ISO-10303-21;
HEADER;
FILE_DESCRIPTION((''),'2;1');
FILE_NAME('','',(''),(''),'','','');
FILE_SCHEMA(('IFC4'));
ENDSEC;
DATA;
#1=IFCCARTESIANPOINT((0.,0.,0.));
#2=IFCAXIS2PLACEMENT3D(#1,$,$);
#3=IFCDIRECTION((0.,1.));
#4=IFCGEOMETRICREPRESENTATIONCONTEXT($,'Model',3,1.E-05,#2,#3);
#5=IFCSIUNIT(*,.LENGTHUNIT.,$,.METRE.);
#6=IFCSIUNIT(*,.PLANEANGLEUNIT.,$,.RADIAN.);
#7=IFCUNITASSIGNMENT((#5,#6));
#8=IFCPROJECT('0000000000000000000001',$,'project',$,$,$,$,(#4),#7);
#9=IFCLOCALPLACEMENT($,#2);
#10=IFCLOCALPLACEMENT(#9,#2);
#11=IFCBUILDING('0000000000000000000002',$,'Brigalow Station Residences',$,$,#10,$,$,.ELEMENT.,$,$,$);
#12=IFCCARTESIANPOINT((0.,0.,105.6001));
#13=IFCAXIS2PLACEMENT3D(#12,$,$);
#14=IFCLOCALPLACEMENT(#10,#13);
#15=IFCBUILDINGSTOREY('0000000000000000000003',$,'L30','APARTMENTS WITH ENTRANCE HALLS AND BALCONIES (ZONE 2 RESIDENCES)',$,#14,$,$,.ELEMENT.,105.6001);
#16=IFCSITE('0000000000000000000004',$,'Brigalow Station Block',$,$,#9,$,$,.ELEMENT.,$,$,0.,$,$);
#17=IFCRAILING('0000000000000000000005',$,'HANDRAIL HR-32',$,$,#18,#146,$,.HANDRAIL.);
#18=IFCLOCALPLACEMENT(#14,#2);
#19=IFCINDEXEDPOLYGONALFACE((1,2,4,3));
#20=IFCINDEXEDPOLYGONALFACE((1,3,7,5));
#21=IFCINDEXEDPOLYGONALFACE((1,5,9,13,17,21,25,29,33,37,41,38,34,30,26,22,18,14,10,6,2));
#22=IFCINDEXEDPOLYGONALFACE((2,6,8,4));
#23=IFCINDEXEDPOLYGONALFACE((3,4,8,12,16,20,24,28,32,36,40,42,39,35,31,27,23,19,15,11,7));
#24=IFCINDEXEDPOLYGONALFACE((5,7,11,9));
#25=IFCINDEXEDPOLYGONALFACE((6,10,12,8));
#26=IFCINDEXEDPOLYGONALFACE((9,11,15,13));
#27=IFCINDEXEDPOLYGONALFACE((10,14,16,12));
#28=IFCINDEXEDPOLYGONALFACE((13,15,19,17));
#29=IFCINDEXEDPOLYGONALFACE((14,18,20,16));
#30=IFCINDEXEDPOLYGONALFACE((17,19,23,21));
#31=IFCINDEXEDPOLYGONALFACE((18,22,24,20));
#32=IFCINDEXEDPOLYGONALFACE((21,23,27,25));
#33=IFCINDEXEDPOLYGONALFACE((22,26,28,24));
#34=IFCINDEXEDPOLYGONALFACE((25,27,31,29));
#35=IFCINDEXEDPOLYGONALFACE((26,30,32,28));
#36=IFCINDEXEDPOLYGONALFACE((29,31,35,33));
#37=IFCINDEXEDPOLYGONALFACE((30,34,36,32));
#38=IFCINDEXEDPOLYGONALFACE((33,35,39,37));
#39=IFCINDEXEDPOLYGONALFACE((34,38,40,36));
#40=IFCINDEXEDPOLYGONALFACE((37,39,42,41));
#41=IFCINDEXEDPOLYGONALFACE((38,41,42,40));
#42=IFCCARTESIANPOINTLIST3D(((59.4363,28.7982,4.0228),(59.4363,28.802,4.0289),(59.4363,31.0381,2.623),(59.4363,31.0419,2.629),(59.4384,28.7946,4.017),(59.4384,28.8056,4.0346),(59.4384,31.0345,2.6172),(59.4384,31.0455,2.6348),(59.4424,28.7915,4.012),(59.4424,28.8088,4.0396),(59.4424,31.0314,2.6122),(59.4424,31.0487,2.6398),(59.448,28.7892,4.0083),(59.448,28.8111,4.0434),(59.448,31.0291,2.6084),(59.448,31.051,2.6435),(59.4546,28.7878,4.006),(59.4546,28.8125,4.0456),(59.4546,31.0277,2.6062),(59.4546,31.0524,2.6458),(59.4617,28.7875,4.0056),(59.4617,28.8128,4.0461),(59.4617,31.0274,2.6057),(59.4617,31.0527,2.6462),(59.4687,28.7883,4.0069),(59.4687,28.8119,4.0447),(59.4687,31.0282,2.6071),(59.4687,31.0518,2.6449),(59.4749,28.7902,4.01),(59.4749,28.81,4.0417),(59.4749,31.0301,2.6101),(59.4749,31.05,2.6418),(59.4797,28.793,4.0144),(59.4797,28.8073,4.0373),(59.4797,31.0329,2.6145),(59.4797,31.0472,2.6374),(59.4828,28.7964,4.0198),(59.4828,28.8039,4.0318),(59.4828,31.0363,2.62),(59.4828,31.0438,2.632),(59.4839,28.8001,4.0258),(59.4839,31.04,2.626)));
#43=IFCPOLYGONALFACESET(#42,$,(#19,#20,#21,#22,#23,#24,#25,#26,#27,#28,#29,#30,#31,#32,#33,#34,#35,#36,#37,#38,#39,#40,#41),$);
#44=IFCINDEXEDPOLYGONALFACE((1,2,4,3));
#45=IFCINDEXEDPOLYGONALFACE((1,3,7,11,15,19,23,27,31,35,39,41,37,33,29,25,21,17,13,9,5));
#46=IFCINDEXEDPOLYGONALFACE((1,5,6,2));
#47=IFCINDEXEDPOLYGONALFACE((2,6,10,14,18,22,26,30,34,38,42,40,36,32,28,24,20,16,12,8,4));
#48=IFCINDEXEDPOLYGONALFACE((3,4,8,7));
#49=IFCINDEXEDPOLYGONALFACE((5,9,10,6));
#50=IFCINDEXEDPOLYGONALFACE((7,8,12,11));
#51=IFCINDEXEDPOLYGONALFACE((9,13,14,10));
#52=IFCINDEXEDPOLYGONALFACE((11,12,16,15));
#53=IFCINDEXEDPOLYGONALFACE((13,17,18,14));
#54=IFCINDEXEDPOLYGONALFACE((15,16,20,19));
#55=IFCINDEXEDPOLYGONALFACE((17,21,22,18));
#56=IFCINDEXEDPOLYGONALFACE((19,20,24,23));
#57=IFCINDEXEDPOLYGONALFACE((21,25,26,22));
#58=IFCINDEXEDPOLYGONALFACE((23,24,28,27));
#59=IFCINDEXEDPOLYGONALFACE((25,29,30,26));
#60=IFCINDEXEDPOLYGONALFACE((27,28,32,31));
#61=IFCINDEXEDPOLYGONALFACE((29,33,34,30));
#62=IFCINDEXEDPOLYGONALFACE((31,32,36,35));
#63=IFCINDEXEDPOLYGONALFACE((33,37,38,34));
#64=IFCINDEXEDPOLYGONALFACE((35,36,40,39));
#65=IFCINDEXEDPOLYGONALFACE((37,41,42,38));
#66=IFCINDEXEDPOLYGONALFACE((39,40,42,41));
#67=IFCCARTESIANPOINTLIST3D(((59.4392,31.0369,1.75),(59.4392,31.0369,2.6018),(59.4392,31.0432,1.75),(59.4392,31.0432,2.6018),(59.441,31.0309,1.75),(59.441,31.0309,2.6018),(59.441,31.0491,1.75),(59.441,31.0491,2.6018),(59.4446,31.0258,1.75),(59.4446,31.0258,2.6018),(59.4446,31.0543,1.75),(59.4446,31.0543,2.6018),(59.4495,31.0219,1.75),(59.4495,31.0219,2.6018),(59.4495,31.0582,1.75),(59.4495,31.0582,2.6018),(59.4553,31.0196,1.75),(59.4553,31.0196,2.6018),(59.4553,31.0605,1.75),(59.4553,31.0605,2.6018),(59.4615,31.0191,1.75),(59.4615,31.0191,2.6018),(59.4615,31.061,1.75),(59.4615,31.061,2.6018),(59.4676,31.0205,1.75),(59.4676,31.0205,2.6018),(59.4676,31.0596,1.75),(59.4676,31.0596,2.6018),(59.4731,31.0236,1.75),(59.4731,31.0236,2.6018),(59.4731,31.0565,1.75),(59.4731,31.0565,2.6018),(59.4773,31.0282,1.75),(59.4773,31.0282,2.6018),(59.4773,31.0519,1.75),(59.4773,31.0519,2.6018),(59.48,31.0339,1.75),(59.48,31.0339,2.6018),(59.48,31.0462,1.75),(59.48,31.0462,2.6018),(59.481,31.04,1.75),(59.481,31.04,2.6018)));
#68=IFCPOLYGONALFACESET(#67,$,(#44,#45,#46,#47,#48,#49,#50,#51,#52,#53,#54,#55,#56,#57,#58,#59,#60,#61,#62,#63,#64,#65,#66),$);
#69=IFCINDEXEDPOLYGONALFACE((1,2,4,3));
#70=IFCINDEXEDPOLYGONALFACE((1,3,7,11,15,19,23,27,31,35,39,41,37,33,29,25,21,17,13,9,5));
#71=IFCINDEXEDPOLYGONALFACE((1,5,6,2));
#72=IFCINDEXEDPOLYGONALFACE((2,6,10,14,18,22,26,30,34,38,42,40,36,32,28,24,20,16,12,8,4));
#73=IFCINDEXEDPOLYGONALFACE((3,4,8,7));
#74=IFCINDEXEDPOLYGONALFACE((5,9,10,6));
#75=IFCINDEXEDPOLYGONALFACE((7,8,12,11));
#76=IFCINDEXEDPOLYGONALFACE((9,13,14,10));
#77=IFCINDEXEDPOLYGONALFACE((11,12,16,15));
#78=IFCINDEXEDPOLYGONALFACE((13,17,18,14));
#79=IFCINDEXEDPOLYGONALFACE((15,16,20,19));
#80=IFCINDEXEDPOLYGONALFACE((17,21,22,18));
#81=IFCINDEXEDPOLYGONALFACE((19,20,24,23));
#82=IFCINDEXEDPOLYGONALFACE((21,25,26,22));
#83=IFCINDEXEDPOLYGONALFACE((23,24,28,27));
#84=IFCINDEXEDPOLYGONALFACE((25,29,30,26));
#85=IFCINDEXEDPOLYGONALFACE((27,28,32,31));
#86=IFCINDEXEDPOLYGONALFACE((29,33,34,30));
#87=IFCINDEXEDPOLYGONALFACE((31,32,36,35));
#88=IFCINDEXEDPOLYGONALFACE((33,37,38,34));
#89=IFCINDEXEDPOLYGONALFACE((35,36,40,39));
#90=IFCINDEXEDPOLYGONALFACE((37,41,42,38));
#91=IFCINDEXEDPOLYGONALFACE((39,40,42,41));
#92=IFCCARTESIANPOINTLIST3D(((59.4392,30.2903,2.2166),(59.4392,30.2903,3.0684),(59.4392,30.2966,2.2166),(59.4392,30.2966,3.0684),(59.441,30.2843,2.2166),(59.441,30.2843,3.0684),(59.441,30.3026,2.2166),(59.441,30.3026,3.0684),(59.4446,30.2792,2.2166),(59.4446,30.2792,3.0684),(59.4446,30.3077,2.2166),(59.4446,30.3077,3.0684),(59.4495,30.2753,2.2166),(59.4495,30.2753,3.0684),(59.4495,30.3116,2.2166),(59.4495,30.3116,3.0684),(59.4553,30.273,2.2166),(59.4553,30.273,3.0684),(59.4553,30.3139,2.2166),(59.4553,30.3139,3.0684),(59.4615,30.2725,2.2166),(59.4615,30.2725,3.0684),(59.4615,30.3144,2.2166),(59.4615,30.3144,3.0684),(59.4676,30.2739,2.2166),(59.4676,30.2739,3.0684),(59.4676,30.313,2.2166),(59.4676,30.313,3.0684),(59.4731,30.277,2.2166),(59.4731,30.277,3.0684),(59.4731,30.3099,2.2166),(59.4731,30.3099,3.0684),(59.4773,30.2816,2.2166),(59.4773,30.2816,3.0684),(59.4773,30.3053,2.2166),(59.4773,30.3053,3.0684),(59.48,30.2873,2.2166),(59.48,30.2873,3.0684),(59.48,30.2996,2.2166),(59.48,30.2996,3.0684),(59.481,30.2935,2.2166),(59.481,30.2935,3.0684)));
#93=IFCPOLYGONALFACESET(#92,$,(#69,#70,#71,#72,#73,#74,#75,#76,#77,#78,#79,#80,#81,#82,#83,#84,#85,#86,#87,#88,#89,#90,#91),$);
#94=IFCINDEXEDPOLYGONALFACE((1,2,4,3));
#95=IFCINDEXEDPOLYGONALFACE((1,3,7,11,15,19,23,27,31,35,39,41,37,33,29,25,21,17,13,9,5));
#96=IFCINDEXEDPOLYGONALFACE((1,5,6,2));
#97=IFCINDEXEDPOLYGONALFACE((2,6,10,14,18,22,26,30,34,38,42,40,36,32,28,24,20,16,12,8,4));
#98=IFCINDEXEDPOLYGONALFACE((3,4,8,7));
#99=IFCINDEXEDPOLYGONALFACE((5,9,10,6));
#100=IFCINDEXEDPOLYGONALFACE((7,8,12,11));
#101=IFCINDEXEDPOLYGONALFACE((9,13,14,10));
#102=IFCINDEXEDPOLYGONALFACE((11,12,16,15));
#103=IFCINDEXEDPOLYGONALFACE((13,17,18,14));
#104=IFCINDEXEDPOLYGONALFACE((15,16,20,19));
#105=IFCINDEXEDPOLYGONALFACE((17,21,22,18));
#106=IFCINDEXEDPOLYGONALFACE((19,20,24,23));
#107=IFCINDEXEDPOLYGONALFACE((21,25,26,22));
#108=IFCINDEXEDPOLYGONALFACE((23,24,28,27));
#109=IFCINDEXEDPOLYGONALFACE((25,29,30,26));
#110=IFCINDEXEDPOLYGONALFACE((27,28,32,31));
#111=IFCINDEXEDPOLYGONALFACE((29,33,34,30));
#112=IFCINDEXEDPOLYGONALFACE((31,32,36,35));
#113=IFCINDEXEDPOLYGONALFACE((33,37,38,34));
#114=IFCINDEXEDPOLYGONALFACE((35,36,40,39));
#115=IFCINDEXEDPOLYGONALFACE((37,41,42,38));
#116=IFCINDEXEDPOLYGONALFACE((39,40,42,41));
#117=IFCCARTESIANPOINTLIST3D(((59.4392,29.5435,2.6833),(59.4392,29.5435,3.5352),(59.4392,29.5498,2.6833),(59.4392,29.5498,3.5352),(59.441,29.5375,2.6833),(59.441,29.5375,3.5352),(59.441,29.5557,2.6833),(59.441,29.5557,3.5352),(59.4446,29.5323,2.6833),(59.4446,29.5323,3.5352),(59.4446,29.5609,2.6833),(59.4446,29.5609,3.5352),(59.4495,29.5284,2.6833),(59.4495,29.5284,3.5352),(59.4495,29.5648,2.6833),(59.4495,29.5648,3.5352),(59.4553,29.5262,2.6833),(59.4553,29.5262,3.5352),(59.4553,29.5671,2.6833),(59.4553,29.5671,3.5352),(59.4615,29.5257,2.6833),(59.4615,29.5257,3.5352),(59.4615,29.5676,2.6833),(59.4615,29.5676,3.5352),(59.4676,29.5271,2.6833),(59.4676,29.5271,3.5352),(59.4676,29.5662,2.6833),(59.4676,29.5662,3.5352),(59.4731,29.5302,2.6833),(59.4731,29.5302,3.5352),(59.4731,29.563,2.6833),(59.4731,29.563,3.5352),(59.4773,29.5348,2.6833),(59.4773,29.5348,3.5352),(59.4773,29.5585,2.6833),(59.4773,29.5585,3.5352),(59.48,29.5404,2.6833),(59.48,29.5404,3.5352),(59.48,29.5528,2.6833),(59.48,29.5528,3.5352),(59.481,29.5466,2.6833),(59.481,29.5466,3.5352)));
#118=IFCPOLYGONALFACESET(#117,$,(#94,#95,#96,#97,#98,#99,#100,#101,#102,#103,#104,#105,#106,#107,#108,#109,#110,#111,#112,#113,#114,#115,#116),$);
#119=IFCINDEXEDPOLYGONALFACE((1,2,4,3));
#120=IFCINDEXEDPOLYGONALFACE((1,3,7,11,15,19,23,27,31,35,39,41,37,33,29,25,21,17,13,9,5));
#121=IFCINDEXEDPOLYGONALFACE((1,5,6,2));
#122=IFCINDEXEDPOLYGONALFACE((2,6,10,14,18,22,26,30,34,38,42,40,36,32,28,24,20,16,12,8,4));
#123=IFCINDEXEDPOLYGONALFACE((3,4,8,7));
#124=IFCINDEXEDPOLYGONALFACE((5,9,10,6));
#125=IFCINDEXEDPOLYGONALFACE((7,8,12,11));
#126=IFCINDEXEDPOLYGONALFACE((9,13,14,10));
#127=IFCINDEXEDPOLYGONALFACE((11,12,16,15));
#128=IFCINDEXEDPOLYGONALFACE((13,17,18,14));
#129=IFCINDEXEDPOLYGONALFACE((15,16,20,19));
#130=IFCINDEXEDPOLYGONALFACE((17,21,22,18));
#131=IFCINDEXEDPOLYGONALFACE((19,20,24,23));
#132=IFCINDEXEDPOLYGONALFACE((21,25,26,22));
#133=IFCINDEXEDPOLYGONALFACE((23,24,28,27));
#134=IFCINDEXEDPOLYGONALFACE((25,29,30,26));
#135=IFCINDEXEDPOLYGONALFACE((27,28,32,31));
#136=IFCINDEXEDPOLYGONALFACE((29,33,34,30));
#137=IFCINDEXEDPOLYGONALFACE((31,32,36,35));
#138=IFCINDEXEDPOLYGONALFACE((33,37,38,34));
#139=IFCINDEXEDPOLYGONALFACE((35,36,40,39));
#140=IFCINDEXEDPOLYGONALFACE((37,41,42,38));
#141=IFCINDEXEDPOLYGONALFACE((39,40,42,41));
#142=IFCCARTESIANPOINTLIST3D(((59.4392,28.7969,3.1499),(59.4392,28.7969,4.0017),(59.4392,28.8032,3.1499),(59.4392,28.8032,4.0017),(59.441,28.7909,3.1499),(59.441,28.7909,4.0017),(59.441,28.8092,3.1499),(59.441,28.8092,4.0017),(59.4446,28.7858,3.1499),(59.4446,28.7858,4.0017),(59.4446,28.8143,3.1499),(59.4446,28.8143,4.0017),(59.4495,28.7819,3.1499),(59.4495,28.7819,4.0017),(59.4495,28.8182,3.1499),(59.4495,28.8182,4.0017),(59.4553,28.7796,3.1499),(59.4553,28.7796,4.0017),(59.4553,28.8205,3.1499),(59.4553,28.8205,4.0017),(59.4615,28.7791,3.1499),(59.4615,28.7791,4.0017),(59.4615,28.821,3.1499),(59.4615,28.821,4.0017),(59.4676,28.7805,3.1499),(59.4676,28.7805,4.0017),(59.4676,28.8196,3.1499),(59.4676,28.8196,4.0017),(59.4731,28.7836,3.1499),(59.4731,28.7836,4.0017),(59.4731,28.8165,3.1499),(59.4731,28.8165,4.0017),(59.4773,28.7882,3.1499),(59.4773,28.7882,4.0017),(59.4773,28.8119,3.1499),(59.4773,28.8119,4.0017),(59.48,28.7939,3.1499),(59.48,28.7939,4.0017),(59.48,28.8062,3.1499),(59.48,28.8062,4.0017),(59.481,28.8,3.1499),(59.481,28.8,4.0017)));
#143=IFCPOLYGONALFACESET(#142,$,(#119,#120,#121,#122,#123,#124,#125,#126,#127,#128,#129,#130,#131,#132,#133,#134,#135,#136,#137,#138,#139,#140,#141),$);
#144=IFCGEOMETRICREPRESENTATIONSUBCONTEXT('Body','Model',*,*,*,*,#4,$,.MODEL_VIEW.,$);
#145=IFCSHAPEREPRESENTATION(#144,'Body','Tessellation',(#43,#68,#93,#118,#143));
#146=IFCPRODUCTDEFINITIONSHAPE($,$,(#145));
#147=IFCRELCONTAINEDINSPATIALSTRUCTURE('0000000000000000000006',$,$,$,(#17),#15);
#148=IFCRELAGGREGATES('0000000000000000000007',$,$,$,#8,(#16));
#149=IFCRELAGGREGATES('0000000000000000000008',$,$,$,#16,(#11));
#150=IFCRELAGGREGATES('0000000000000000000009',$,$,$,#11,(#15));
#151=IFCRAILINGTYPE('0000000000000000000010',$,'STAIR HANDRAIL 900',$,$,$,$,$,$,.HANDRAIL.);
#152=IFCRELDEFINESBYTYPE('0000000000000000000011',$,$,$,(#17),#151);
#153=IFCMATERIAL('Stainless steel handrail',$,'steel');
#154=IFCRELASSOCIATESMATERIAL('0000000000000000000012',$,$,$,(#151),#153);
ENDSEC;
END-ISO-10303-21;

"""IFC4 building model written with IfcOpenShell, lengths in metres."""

from ifc_helpers import new_model, si_unit, direction, frame, origin, origin_2d, place, context, subcontext, project, spatial, circle, extrude, material, type_object, element, save


model = new_model("IFC4")

# Units and contexts
model_context = context("Model", 3, precision=1e-05, world=origin(), true_north=direction((0.0, 1.0)))
body_context = subcontext(model_context, "Body", "Model", "MODEL_VIEW")
ifc_project = project(units=[si_unit("LENGTHUNIT", "METRE"), si_unit("PLANEANGLEUNIT", "RADIAN")], contexts=[model_context])

# Site, building, storey
site_placement = place(None, origin())
site = spatial("IfcSite", under=ifc_project, at=site_placement, Name="Brigalow Station Block", CompositionType="ELEMENT", RefElevation=0.0)
building_placement = place(site_placement, origin())
building = spatial("IfcBuilding", under=site, at=building_placement, Name="Brigalow Station Residences", CompositionType="ELEMENT")
storey_placement = place(building_placement, frame((0.0, 0.0, 105.6001)))
storey = spatial("IfcBuildingStorey", under=building, at=storey_placement, Name="L30", Description="APARTMENTS WITH ENTRANCE HALLS AND BALCONIES (ZONE 2 RESIDENCES)", CompositionType="ELEMENT", Elevation=105.6001)

# Railing
ifc_material_1 = material(Name="Stainless steel handrail", Category="steel")
railing_type = type_object("IfcRailingType", Name="STAIR HANDRAIL 900", PredefinedType="HANDRAIL", material=ifc_material_1)
railing_placement = place(storey_placement, frame((59.46, 31.04, 1.75)))
element("IfcRailing", 1, at=railing_placement, inside=storey, type_object=railing_type, Name="HANDRAIL HR-32", PredefinedType="HANDRAIL", context=body_context, shape_type="SweptSolid", body=[
    extrude(circle(Radius=0.0239, at=origin_2d()), frame((0.0, 0.0, 0.876), z_axis=(0.0, -0.848014, 0.529974), x_axis=(1.0, 0.0, 0.0)), (0.0, 0.0, 1.0), 2.6414),
    extrude(circle(Radius=0.021, at=origin_2d()), origin(), (0.0, 0.0, 1.0), 0.8518),
    extrude(circle(Radius=0.021, at=origin_2d()), frame((0.0, -0.7466, 0.4666)), (0.0, 0.0, 1.0), 0.8518),
    extrude(circle(Radius=0.021, at=origin_2d()), frame((0.0, -1.4934, 0.9333)), (0.0, 0.0, 1.0), 0.8518),
    extrude(circle(Radius=0.021, at=origin_2d()), frame((0.0, -2.24, 1.3999)), (0.0, 0.0, 1.0), 0.8518),
])

save(model, "model.ifc")
